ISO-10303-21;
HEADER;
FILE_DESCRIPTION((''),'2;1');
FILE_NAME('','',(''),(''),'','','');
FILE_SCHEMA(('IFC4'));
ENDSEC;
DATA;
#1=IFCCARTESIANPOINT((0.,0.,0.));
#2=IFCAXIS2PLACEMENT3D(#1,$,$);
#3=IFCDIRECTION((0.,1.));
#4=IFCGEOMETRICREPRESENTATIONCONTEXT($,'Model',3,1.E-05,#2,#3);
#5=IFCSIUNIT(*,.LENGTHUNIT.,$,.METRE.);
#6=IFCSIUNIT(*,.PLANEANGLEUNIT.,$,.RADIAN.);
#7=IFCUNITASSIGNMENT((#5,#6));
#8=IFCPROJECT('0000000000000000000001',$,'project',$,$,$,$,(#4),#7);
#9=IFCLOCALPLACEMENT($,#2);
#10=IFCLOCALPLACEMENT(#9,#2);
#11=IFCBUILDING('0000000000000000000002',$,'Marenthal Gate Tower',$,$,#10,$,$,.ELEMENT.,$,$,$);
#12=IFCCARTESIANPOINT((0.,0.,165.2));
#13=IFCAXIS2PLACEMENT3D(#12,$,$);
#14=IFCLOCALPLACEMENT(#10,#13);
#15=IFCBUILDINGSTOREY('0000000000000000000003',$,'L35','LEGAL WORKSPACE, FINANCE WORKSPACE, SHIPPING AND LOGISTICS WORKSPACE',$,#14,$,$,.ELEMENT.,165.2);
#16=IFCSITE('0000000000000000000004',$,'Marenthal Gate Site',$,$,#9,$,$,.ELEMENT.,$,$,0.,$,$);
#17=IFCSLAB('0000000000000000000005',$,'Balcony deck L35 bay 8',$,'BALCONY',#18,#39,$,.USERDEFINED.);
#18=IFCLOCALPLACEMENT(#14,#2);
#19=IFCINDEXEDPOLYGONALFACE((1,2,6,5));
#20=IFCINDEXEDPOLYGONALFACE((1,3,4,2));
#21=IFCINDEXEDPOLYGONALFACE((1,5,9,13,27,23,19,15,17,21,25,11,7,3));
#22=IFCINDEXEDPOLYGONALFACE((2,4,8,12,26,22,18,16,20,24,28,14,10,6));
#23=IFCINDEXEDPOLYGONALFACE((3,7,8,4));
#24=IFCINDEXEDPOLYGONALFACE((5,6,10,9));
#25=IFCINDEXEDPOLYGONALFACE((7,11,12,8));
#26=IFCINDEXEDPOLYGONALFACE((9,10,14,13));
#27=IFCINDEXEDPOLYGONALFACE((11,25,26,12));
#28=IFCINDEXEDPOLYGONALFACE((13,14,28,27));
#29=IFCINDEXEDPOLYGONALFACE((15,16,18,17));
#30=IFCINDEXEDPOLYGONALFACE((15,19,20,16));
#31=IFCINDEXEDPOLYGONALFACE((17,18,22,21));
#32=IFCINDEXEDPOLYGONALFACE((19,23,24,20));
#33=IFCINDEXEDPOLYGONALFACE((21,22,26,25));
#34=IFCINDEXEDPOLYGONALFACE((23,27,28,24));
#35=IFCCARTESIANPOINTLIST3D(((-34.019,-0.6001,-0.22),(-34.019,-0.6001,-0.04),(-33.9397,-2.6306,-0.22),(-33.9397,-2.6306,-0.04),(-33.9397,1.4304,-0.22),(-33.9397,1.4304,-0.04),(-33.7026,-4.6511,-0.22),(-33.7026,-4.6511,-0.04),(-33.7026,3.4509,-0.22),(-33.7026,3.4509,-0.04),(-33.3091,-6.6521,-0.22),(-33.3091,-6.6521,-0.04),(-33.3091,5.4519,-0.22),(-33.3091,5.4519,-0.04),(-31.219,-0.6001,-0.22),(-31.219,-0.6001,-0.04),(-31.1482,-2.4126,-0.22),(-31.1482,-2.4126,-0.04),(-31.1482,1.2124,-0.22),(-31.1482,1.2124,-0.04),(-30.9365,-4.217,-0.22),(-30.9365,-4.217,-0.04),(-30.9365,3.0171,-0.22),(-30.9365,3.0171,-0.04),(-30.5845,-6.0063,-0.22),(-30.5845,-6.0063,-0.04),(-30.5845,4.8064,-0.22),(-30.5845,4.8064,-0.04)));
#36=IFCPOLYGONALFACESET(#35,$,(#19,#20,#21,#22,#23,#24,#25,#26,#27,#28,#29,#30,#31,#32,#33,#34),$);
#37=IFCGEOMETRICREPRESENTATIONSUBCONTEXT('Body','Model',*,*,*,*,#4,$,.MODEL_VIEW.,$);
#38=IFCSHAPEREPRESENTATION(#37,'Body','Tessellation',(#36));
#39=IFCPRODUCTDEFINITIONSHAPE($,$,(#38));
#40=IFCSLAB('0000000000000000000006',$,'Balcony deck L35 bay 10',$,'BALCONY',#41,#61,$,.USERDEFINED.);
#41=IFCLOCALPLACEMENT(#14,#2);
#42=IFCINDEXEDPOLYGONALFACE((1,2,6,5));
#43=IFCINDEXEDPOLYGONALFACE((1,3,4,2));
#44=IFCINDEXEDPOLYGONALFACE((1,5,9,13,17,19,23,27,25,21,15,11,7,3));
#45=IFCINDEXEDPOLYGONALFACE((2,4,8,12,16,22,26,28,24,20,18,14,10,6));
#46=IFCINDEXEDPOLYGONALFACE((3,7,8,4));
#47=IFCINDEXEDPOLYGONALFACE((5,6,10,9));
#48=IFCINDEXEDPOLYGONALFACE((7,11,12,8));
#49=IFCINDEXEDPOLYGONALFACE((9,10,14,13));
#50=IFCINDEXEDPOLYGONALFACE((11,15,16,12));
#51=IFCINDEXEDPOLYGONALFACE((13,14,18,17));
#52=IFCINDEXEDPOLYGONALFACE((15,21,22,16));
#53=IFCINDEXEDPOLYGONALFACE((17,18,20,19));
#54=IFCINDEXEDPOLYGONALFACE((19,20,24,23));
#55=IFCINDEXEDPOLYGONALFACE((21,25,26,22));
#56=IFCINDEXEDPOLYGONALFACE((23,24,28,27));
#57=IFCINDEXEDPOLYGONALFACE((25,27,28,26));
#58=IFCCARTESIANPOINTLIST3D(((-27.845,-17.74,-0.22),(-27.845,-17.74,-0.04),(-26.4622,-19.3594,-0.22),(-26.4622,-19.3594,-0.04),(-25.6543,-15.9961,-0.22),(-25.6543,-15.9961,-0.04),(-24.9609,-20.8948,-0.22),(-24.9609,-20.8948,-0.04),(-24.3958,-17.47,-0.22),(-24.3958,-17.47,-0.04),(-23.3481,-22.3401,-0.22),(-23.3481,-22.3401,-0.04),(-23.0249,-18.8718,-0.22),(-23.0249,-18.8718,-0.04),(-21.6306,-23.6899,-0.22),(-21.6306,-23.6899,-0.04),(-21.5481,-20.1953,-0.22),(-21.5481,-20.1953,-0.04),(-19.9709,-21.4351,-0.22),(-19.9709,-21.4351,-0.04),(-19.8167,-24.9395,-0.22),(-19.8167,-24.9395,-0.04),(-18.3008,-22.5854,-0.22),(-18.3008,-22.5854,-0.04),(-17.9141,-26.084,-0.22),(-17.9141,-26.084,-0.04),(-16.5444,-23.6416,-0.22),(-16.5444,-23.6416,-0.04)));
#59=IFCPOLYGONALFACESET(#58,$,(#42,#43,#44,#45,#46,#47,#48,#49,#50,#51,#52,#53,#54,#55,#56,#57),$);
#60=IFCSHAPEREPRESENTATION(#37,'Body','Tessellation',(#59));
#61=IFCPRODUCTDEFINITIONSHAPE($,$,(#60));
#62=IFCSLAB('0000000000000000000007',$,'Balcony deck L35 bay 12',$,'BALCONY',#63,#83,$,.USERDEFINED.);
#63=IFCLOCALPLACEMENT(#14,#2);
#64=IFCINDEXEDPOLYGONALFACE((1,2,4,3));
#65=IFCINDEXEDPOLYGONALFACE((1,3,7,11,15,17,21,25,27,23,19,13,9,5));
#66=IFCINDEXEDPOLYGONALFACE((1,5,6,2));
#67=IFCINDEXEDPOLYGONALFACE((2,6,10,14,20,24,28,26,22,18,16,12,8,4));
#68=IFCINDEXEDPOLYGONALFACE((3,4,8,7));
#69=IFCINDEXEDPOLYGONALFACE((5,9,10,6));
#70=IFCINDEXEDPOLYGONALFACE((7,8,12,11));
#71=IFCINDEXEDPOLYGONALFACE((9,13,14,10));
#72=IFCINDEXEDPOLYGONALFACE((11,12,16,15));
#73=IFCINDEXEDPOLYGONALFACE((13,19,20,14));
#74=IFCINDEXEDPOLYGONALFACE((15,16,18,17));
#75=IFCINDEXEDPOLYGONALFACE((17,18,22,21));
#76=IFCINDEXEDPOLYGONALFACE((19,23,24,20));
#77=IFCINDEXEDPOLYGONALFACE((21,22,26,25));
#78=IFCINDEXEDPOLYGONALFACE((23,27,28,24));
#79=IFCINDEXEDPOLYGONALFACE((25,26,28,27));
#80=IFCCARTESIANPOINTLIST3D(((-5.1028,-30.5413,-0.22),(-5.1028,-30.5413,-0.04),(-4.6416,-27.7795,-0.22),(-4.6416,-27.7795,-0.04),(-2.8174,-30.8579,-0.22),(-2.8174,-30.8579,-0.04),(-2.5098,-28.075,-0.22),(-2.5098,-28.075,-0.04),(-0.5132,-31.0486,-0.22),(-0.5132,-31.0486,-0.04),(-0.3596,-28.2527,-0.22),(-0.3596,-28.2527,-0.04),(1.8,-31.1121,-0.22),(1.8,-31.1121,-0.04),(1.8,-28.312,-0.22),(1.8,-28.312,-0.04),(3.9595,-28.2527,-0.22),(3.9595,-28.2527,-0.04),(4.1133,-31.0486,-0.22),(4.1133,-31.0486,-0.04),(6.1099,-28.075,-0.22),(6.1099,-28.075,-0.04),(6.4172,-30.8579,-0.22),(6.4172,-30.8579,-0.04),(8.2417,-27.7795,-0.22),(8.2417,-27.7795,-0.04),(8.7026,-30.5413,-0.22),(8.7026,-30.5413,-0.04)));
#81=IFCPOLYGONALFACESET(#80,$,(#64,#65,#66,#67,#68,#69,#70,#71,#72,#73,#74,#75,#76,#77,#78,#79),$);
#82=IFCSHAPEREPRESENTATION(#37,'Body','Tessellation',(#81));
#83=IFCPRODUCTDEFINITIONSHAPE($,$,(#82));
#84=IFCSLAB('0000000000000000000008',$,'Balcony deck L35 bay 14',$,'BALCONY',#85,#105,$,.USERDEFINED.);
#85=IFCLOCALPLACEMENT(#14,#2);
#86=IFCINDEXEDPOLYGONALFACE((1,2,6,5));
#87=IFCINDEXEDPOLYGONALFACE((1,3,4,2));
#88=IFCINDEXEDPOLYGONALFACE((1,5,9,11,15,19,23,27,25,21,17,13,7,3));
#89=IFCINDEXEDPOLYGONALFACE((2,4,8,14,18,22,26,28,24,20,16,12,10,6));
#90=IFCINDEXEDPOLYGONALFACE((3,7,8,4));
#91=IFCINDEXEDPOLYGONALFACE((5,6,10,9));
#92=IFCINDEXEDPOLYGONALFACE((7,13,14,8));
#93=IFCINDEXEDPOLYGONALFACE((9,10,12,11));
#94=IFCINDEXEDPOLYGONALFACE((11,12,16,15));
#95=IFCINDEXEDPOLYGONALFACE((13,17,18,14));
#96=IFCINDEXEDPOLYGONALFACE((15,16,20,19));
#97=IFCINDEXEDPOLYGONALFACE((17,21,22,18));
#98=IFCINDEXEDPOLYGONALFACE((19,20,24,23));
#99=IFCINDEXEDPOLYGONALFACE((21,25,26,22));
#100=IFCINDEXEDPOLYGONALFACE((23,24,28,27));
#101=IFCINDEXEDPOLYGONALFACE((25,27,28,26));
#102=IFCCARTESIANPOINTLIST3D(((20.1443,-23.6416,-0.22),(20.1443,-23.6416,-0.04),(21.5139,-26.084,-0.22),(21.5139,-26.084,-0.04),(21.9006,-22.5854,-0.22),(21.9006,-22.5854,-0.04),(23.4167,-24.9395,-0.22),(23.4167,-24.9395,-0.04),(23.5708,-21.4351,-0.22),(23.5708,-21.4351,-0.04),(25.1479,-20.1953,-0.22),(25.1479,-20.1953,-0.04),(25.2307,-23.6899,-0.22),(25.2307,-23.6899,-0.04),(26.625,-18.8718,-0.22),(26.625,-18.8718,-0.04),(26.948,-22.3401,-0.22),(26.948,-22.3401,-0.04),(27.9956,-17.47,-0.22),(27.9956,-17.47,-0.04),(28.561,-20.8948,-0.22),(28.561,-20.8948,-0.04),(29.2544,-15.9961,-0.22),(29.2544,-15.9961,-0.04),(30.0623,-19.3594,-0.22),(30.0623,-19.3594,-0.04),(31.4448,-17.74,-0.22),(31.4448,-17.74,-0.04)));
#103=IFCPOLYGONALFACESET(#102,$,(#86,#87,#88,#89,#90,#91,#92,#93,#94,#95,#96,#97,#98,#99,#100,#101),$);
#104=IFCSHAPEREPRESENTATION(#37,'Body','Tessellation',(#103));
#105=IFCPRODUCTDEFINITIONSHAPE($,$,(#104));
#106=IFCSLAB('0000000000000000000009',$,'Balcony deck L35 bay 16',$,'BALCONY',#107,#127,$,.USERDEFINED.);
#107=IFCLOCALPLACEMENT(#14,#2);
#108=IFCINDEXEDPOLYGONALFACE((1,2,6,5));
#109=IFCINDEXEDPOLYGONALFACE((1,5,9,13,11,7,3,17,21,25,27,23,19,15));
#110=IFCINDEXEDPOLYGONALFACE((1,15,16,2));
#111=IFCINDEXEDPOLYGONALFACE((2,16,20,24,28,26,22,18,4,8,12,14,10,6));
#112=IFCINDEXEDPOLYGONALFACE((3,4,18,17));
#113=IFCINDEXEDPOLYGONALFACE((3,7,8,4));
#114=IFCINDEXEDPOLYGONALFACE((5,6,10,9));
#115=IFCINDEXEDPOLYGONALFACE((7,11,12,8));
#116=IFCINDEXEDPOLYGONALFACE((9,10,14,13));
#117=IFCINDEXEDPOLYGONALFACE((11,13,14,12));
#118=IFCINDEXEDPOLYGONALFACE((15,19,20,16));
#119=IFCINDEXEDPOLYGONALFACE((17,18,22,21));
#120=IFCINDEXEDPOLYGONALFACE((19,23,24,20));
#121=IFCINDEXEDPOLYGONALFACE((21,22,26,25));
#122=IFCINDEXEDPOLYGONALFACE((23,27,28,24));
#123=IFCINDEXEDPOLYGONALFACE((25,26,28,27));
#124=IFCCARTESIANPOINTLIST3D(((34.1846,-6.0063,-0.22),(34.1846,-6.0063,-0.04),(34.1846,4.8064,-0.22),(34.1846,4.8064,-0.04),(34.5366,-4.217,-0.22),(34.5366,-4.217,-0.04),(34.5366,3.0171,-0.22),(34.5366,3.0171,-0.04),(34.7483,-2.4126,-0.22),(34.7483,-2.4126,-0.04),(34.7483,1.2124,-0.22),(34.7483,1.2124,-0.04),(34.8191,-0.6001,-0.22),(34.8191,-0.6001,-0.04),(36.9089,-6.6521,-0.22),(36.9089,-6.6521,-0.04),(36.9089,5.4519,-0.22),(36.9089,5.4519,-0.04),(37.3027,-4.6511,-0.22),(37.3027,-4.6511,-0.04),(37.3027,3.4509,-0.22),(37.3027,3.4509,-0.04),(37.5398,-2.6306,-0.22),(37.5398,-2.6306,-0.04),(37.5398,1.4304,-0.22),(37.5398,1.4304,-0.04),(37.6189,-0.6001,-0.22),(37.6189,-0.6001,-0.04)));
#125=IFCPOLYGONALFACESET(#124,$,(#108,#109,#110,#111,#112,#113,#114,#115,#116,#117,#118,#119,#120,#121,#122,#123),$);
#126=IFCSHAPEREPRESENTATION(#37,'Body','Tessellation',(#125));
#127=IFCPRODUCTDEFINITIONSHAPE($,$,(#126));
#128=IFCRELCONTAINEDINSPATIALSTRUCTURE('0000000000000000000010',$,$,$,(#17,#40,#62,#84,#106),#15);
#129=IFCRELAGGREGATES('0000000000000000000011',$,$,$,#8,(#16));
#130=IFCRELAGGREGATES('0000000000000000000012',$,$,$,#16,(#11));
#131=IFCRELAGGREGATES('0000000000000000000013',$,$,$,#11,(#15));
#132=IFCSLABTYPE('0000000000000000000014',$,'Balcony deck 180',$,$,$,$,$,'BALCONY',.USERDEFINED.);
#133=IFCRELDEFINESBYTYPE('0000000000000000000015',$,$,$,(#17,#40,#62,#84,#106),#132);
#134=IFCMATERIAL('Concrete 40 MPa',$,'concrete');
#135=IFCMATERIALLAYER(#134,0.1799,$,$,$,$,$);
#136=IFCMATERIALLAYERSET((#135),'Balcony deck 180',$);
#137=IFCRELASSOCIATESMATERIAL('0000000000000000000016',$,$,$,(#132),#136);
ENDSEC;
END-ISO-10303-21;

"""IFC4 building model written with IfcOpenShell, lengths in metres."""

from ifc_helpers import new_model, si_unit, direction, frame, origin, place, context, subcontext, project, spatial, polyline, outline, extrude, material, layer, layer_set, type_object, element, save


model = new_model("IFC4")

# Units and contexts
model_context = context("Model", 3, precision=1e-05, world=origin(), true_north=direction((0.0, 1.0)))
body_context = subcontext(model_context, "Body", "Model", "MODEL_VIEW")
ifc_project = project(units=[si_unit("LENGTHUNIT", "METRE"), si_unit("PLANEANGLEUNIT", "RADIAN")], contexts=[model_context])

# Site, building, storey
site_placement = place(None, origin())
site = spatial("IfcSite", under=ifc_project, at=site_placement, Name="Marenthal Gate Site", CompositionType="ELEMENT", RefElevation=0.0)
building_placement = place(site_placement, origin())
building = spatial("IfcBuilding", under=site, at=building_placement, Name="Marenthal Gate Tower", CompositionType="ELEMENT")
storey_placement = place(building_placement, frame((0.0, 0.0, 165.2)))
storey = spatial("IfcBuildingStorey", under=building, at=storey_placement, Name="L35", Description="LEGAL WORKSPACE, FINANCE WORKSPACE, SHIPPING AND LOGISTICS WORKSPACE", CompositionType="ELEMENT", Elevation=165.2)

# Slabs
ifc_material_1 = material(Name="Concrete 40 MPa", Category="concrete")
ifc_layer_1 = layer(ifc_material_1, 0.1799)
ifc_layer_set_1 = layer_set([ifc_layer_1], Name="Balcony deck 180")
slab_type = type_object("IfcSlabType", Name="Balcony deck 180", ElementType="BALCONY", PredefinedType="USERDEFINED", material=ifc_layer_set_1)
slab_1_placement = place(storey_placement, frame((0.0, 0.0, -0.22)))
element("IfcSlab", 1, at=slab_1_placement, inside=storey, type_object=slab_type, Name="Balcony deck L35 bay 8", ObjectType="BALCONY", PredefinedType="USERDEFINED", context=body_context, shape_type="SweptSolid", body=[
    extrude(outline(polyline([(-30.5845, 4.8064), (-30.9365, 3.0171), (-31.1482, 1.2124), (-31.219, -0.6001), (-31.1482, -2.4126), (-30.9365, -4.217), (-30.5845, -6.0063), (-33.3091, -6.6521), (-33.7026, -4.6511), (-33.9397, -2.6306), (-34.019, -0.6001), (-33.9397, 1.4304), (-33.7026, 3.4509), (-33.3091, 5.4519), (-30.5845, 4.8064)])), origin(), (0.0, 0.0, 1.0), 0.1799),
])
slab_2_placement = place(storey_placement, frame((0.0, 0.0, -0.22)))
element("IfcSlab", 2, at=slab_2_placement, inside=storey, type_object=slab_type, Name="Balcony deck L35 bay 10", ObjectType="BALCONY", PredefinedType="USERDEFINED", context=body_context, shape_type="SweptSolid", body=[
    extrude(outline(polyline([(-25.6543, -15.9961), (-24.3958, -17.47), (-23.0249, -18.8718), (-21.5481, -20.1953), (-19.9709, -21.4351), (-18.3008, -22.5854), (-16.5444, -23.6416), (-17.9141, -26.084), (-19.8167, -24.9395), (-21.6306, -23.6899), (-23.3481, -22.3401), (-24.9609, -20.8948), (-26.4622, -19.3594), (-27.845, -17.74), (-25.6543, -15.9961)])), origin(), (0.0, 0.0, 1.0), 0.1799),
])
slab_3_placement = place(storey_placement, frame((0.0, 0.0, -0.22)))
element("IfcSlab", 3, at=slab_3_placement, inside=storey, type_object=slab_type, Name="Balcony deck L35 bay 12", ObjectType="BALCONY", PredefinedType="USERDEFINED", context=body_context, shape_type="SweptSolid", body=[
    extrude(outline(polyline([(-4.6416, -27.7795), (-2.5098, -28.075), (-0.3596, -28.2527), (1.8, -28.312), (3.9595, -28.2527), (6.1099, -28.075), (8.2417, -27.7795), (8.7026, -30.5413), (6.4172, -30.8579), (4.1133, -31.0486), (1.8, -31.1121), (-0.5132, -31.0486), (-2.8174, -30.8579), (-5.1028, -30.5413), (-4.6416, -27.7795)])), origin(), (0.0, 0.0, 1.0), 0.1799),
])
slab_4_placement = place(storey_placement, frame((0.0, 0.0, -0.22)))
element("IfcSlab", 4, at=slab_4_placement, inside=storey, type_object=slab_type, Name="Balcony deck L35 bay 14", ObjectType="BALCONY", PredefinedType="USERDEFINED", context=body_context, shape_type="SweptSolid", body=[
    extrude(outline(polyline([(20.1443, -23.6416), (21.9006, -22.5854), (23.5708, -21.4351), (25.1479, -20.1953), (26.625, -18.8718), (27.9956, -17.47), (29.2544, -15.9961), (31.4448, -17.74), (30.0623, -19.3594), (28.561, -20.8948), (26.948, -22.3401), (25.2307, -23.6899), (23.4167, -24.9395), (21.5139, -26.084), (20.1443, -23.6416)])), origin(), (0.0, 0.0, 1.0), 0.1799),
])
slab_5_placement = place(storey_placement, frame((0.0, 0.0, -0.22)))
element("IfcSlab", 5, at=slab_5_placement, inside=storey, type_object=slab_type, Name="Balcony deck L35 bay 16", ObjectType="BALCONY", PredefinedType="USERDEFINED", context=body_context, shape_type="SweptSolid", body=[
    extrude(outline(polyline([(34.1846, -6.0063), (34.5366, -4.217), (34.7483, -2.4126), (34.8191, -0.6001), (34.7483, 1.2124), (34.5366, 3.0171), (34.1846, 4.8064), (36.9089, 5.4519), (37.3027, 3.4509), (37.5398, 1.4304), (37.6189, -0.6001), (37.5398, -2.6306), (37.3027, -4.6511), (36.9089, -6.6521), (34.1846, -6.0063)])), origin(), (0.0, 0.0, 1.0), 0.1799),
])

save(model, "model.ifc")
